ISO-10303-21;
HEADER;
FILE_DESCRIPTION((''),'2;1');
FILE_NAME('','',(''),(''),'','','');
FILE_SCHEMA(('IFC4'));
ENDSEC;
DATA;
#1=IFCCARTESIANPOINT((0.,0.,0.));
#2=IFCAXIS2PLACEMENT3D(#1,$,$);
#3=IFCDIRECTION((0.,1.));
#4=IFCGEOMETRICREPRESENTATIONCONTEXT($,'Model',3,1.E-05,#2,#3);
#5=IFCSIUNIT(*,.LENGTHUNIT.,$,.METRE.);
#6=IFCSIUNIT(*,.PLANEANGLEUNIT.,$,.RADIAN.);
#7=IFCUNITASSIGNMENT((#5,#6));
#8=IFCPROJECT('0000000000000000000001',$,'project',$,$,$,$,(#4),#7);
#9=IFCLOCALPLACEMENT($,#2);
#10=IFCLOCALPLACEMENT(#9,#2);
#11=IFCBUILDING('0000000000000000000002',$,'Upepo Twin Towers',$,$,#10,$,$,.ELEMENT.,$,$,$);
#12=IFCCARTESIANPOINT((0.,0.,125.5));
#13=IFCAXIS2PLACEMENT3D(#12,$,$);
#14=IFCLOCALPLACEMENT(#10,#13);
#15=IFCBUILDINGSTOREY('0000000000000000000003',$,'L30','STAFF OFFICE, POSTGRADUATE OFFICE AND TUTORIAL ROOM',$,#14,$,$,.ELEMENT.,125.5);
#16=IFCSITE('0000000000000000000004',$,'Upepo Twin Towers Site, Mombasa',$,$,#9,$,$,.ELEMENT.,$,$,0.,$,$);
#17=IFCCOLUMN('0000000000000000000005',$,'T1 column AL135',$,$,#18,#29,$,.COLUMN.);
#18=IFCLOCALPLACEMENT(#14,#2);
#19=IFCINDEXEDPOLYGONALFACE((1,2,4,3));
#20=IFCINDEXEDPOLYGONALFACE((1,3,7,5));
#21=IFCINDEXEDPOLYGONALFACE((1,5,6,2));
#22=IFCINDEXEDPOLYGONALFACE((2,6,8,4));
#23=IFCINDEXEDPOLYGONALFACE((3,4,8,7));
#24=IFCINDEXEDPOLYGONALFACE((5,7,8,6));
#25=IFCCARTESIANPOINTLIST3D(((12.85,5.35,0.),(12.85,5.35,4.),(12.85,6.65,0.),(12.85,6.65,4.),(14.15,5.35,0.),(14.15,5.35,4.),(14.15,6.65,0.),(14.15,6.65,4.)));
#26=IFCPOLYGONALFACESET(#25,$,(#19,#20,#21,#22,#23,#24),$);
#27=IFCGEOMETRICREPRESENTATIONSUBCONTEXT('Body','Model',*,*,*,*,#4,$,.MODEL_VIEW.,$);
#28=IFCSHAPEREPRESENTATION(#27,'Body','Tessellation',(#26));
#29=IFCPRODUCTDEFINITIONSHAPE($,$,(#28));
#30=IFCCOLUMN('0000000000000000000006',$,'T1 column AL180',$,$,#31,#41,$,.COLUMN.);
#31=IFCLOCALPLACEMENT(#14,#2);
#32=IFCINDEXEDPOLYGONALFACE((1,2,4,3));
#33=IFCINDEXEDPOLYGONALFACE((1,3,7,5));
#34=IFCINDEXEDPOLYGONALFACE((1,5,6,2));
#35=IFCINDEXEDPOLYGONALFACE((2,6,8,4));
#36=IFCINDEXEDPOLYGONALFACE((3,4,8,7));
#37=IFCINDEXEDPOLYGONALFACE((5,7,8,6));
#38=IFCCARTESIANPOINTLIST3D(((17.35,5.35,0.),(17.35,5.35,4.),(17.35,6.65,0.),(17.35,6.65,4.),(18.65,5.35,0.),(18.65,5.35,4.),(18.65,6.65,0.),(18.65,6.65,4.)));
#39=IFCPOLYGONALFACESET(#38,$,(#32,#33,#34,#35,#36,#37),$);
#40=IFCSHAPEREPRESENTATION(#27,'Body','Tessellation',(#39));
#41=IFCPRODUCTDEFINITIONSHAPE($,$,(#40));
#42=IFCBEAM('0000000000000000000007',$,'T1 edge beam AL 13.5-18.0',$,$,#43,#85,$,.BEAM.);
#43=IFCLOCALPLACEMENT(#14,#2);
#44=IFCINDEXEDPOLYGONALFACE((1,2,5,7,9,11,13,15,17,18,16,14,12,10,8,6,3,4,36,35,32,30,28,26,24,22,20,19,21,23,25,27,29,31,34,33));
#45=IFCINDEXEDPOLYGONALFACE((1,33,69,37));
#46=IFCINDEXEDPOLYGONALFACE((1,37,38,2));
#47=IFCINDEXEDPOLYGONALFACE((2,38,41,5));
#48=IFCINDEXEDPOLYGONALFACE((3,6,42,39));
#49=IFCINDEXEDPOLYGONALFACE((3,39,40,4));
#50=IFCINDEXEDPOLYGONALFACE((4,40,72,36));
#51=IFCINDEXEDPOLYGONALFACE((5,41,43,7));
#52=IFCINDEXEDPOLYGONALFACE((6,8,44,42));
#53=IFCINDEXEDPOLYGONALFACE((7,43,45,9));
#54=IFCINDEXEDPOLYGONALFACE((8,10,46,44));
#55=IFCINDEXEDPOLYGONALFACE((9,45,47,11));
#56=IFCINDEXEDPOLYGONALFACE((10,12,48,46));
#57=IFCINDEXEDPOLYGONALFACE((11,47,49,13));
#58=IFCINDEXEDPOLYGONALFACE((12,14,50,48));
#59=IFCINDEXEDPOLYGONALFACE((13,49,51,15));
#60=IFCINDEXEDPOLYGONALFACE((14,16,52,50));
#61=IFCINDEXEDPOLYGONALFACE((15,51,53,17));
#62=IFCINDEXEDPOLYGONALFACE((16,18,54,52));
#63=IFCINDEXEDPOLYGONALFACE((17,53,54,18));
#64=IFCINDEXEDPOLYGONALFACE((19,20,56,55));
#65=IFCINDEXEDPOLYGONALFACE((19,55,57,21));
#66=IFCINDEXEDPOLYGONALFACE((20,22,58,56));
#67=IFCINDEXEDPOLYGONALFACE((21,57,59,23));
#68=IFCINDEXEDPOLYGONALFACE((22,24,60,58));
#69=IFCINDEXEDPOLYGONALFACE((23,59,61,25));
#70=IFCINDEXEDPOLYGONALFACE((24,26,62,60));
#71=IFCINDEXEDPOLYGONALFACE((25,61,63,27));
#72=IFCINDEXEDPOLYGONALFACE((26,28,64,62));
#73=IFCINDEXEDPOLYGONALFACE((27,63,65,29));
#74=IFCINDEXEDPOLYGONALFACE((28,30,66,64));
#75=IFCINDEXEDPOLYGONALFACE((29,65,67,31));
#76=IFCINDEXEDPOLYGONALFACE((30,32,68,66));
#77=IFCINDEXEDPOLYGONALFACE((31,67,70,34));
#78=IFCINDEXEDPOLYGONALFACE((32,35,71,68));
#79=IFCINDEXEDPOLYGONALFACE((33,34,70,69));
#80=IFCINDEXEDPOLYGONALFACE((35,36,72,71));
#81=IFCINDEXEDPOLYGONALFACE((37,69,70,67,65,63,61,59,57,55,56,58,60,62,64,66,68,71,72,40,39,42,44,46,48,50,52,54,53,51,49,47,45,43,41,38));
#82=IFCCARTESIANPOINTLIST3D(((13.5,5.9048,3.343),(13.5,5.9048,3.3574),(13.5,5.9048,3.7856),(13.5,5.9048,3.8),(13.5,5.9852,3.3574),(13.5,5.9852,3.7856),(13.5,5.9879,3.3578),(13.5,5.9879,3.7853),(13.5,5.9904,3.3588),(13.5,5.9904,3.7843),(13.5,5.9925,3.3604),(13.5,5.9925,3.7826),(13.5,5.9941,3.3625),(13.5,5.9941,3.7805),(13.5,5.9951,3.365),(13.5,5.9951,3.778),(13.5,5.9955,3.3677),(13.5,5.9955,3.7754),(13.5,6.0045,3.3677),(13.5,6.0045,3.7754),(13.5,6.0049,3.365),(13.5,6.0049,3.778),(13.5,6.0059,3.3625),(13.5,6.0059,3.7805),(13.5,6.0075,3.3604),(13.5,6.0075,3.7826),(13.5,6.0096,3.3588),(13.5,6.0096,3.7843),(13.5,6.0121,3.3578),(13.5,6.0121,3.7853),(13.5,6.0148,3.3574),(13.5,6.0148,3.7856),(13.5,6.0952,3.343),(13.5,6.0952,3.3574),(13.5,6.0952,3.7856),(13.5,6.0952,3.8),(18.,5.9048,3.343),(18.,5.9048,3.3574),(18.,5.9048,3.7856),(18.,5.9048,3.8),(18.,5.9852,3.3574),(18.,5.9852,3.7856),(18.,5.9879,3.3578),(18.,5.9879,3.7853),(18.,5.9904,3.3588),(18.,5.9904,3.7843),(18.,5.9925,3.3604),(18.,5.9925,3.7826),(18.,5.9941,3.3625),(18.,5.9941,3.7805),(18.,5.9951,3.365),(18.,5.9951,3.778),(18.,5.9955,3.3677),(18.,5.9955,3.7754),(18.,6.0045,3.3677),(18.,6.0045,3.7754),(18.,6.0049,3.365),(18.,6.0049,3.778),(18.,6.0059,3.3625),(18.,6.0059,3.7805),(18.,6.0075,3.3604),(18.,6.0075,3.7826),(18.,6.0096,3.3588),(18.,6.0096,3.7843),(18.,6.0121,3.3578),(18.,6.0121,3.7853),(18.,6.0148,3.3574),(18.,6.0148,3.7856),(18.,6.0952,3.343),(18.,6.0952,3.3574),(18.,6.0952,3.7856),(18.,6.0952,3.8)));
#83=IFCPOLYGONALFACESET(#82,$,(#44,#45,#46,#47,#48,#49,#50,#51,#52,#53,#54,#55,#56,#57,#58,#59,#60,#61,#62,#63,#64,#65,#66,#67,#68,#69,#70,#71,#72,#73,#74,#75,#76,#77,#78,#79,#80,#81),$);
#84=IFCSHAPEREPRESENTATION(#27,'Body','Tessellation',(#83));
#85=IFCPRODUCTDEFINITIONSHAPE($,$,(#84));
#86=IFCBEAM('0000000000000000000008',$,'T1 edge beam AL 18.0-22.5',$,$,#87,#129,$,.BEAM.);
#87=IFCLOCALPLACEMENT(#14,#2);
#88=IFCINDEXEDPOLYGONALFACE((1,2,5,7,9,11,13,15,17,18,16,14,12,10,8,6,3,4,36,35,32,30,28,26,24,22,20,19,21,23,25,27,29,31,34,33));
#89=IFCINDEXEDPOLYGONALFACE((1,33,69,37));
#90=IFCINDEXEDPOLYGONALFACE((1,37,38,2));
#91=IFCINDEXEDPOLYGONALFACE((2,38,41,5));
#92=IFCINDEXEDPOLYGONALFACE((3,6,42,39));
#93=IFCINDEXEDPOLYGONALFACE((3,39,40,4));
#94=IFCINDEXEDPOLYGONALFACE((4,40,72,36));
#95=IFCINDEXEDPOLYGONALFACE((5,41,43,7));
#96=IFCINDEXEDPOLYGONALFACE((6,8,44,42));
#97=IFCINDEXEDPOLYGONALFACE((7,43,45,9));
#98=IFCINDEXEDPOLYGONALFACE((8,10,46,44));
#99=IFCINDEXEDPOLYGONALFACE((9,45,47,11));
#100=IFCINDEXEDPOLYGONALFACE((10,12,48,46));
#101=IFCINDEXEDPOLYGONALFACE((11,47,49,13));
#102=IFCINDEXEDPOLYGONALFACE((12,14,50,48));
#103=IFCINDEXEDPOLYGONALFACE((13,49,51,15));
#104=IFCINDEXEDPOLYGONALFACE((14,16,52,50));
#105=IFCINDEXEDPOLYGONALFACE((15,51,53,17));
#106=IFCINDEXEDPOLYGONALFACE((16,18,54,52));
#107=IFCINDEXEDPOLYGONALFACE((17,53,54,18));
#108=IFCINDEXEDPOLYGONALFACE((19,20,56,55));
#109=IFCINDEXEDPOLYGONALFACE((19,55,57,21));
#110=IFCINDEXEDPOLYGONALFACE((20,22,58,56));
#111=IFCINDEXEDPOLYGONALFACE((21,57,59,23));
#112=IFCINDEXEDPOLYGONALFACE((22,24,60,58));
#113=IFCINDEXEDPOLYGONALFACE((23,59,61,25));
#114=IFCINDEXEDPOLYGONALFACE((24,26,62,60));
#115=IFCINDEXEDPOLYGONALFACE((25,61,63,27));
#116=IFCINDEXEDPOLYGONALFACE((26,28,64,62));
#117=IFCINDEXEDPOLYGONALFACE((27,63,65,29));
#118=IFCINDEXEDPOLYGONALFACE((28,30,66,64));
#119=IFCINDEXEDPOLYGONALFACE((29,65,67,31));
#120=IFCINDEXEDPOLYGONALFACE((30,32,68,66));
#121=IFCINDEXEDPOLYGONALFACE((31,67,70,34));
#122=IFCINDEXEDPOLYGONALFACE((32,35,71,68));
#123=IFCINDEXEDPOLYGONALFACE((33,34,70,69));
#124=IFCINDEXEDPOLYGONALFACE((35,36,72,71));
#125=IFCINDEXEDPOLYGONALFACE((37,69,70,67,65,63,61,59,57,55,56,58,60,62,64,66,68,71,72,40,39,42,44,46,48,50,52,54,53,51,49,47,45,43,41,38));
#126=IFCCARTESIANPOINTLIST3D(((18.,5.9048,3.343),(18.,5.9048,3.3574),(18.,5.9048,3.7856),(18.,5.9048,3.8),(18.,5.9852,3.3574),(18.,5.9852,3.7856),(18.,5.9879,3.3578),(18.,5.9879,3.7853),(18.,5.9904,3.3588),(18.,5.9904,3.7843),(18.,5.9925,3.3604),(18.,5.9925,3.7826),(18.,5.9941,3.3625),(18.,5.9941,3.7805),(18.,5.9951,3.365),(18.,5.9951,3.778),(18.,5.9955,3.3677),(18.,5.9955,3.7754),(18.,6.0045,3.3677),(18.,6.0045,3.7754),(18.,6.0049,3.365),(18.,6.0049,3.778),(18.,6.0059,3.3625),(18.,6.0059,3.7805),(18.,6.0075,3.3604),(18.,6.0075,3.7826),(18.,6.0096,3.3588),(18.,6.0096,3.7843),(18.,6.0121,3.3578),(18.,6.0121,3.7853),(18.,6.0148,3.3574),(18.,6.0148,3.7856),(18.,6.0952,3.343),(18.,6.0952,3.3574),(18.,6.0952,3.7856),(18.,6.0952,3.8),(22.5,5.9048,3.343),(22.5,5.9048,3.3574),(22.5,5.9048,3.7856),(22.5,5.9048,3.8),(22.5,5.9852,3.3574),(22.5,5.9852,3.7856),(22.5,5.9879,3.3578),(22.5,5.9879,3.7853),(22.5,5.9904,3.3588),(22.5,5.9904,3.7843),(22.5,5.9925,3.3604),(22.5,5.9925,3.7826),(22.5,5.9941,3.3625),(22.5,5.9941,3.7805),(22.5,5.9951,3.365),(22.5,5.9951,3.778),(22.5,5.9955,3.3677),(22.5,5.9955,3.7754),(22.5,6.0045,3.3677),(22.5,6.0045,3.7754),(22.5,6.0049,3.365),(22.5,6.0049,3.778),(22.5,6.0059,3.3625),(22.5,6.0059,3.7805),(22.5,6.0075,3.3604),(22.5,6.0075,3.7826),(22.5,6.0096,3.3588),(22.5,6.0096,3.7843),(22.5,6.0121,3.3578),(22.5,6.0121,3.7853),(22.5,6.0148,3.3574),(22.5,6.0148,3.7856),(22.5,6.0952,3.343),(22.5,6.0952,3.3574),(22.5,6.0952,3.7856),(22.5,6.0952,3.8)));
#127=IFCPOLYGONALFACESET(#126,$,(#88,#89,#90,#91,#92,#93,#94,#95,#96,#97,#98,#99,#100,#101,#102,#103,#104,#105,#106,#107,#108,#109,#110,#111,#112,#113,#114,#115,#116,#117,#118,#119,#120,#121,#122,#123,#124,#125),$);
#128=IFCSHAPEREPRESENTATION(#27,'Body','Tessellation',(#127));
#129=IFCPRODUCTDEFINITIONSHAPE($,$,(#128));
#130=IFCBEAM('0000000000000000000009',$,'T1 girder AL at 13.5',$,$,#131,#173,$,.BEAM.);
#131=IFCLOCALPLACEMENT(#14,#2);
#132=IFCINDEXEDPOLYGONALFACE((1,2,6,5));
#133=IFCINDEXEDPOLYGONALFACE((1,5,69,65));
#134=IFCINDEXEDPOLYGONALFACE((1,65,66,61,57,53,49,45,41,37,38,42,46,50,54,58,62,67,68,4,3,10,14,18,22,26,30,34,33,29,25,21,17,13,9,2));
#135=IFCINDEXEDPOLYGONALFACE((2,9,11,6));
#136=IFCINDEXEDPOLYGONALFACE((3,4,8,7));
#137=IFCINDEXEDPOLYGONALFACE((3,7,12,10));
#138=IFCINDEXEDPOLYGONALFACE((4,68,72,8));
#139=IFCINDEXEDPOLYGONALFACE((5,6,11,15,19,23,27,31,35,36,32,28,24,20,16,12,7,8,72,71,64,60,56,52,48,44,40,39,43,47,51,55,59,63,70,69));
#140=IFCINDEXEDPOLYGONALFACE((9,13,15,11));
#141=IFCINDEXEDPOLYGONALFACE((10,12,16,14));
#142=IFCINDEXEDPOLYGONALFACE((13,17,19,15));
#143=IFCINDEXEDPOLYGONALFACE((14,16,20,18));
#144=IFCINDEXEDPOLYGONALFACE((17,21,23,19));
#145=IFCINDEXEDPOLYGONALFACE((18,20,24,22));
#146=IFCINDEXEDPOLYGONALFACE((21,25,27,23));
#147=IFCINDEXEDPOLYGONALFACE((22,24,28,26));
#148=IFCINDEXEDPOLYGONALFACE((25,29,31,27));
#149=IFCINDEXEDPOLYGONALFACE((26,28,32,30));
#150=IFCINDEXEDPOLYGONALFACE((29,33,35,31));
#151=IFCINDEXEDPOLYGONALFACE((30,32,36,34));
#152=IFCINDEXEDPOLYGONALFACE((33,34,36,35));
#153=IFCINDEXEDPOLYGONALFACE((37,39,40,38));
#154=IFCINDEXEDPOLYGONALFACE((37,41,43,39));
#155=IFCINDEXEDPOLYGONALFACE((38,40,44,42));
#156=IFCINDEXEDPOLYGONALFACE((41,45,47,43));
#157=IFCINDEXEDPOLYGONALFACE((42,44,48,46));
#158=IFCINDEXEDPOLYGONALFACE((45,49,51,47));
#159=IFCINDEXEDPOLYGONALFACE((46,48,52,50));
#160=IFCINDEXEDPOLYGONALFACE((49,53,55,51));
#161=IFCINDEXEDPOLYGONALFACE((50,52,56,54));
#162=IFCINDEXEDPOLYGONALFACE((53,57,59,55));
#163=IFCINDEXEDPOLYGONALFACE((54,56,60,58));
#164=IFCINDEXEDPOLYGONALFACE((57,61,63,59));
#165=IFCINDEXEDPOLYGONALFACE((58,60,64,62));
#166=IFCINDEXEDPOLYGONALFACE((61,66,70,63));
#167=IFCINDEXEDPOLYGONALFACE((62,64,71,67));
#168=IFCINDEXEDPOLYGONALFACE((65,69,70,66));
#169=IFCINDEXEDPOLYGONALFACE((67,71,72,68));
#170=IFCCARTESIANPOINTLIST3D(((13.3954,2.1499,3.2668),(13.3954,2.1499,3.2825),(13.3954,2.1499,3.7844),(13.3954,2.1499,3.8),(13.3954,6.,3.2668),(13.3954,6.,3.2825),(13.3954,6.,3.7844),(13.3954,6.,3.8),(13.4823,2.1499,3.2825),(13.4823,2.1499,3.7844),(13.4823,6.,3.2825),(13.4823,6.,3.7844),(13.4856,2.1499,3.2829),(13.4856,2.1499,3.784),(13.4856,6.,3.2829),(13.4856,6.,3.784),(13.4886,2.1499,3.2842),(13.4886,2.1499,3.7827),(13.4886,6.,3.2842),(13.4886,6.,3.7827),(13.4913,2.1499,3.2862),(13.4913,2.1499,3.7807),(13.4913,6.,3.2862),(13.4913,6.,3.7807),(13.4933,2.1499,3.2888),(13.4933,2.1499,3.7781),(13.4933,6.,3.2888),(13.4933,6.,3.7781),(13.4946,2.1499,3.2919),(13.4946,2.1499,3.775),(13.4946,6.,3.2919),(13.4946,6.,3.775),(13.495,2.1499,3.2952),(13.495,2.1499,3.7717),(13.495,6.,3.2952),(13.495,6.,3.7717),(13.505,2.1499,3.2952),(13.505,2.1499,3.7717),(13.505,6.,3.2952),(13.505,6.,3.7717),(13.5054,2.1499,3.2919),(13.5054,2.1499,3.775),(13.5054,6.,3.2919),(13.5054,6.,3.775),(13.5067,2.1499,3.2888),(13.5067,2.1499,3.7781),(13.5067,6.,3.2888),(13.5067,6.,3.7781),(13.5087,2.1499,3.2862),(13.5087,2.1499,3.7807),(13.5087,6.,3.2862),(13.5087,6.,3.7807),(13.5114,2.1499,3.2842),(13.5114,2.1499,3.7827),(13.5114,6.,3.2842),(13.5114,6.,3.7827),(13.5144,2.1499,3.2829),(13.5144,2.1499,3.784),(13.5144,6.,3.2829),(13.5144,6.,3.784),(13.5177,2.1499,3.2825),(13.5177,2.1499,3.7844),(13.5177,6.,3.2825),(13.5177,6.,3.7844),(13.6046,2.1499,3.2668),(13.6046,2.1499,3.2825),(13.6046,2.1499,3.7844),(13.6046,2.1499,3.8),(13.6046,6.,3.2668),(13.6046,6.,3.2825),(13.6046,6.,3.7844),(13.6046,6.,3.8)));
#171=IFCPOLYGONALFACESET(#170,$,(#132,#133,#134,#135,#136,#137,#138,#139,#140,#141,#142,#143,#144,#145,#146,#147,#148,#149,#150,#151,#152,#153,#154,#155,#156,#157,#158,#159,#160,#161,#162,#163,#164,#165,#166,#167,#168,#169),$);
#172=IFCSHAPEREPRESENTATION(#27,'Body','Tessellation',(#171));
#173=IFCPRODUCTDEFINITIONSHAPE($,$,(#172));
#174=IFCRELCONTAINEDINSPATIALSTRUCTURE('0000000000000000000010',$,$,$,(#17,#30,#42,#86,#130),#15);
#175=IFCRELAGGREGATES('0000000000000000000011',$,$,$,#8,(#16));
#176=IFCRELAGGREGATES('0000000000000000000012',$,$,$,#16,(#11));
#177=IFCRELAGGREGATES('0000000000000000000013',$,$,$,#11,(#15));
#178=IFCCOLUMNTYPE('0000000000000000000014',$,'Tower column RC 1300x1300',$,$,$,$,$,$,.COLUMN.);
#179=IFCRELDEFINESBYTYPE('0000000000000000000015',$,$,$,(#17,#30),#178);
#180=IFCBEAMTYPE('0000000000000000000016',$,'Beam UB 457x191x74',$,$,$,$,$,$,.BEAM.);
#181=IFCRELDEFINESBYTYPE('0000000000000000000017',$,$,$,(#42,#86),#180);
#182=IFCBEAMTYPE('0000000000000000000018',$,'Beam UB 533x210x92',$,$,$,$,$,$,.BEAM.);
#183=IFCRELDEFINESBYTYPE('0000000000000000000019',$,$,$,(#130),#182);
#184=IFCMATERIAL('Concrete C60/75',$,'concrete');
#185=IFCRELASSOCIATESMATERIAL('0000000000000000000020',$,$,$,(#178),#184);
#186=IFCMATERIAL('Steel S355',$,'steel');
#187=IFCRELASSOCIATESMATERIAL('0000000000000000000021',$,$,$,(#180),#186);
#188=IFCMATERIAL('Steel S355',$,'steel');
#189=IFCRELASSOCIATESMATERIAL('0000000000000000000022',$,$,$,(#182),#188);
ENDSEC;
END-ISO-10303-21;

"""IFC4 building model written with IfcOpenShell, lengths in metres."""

from ifc_helpers import new_model, si_unit, direction, frame, origin, origin_2d, place, context, subcontext, project, spatial, rectangle, i_section, extrude, material, material_profile, profile_set, type_object, element, save


model = new_model("IFC4")

# Units and contexts
model_context = context("Model", 3, precision=1e-05, world=origin(), true_north=direction((0.0, 1.0)))
body_context = subcontext(model_context, "Body", "Model", "MODEL_VIEW")
ifc_project = project(units=[si_unit("LENGTHUNIT", "METRE"), si_unit("PLANEANGLEUNIT", "RADIAN")], contexts=[model_context])

# Site, building, storey
site_placement = place(None, origin())
site = spatial("IfcSite", under=ifc_project, at=site_placement, Name="Upepo Twin Towers Site, Mombasa", CompositionType="ELEMENT", RefElevation=0.0)
building_placement = place(site_placement, origin())
building = spatial("IfcBuilding", under=site, at=building_placement, Name="Upepo Twin Towers", CompositionType="ELEMENT")
storey_placement = place(building_placement, frame((0.0, 0.0, 125.5)))
storey = spatial("IfcBuildingStorey", under=building, at=storey_placement, Name="L30", Description="STAFF OFFICE, POSTGRADUATE OFFICE AND TUTORIAL ROOM", CompositionType="ELEMENT", Elevation=125.5)

# Columns
ifc_material_1 = material(Name="Concrete C60/75", Category="concrete")
ifc_material_profile_1 = material_profile(ifc_material_1, rectangle(XDim=1.3, YDim=1.3, at=origin_2d()), Name="RC 1300x1300")
ifc_profile_set_1 = profile_set([ifc_material_profile_1], Name="Concrete C60/75")
column_type = type_object("IfcColumnType", Name="Tower column RC 1300x1300", PredefinedType="COLUMN", material=ifc_profile_set_1)
for number, where, z_axis, x_axis, name in (
    (1, (13.5, 6.0, 0.0), (0.0, 0.0, 1.0), (1.0, 0.0, 0.0), "T1 column AL135"),
    (2, (18.0, 6.0, 0.0), (0.0, 0.0, 1.0), (1.0, 0.0, 0.0), "T1 column AL180"),
):
    element("IfcColumn", number, at=place(storey_placement, frame(where, z_axis=z_axis, x_axis=x_axis)), inside=storey, type_object=column_type, Name=name, PredefinedType="COLUMN", context=body_context, shape_type="SweptSolid", body=[
        extrude(rectangle(XDim=1.3, YDim=1.3, at=origin_2d()), origin(), (0.0, 0.0, 1.0), 4.0),
    ])

# Beams
ifc_material_2 = material(Name="Steel S355", Category="steel")
ifc_material_profile_2 = material_profile(ifc_material_2, i_section(OverallWidth=0.1904, OverallDepth=0.457, WebThickness=0.009, FlangeThickness=0.0144, FilletRadius=0.0103, at=origin_2d()), Name="UB 457x191x74")
ifc_profile_set_2 = profile_set([ifc_material_profile_2], Name="Steel S355")
beam_type_1 = type_object("IfcBeamType", Name="Beam UB 457x191x74", PredefinedType="BEAM", material=ifc_profile_set_2)
for number, where, z_axis, x_axis, name in (
    (3, (13.5, 6.0, 3.5715), (1.0, 0.0, 0.0), (0.0, 1.0, 0.0), "T1 edge beam AL 13.5-18.0"),
    (4, (18.0, 6.0, 3.5715), (1.0, 0.0, 0.0), (0.0, 1.0, 0.0), "T1 edge beam AL 18.0-22.5"),
):
    element("IfcBeam", number, at=place(storey_placement, frame(where, z_axis=z_axis, x_axis=x_axis)), inside=storey, type_object=beam_type_1, Name=name, PredefinedType="BEAM", context=body_context, shape_type="SweptSolid", body=[
        extrude(i_section(OverallWidth=0.1904, OverallDepth=0.457, WebThickness=0.009, FlangeThickness=0.0144, FilletRadius=0.0103, at=origin_2d()), origin(), (0.0, 0.0, 1.0), 4.5),
    ])
ifc_material_3 = material(Name="Steel S355", Category="steel")
ifc_material_profile_3 = material_profile(ifc_material_3, i_section(OverallWidth=0.2092, OverallDepth=0.5332, WebThickness=0.01, FlangeThickness=0.0156, FilletRadius=0.0127, at=origin_2d()), Name="UB 533x210x92")
ifc_profile_set_3 = profile_set([ifc_material_profile_3], Name="Steel S355")
beam_type_2 = type_object("IfcBeamType", Name="Beam UB 533x210x92", PredefinedType="BEAM", material=ifc_profile_set_3)
for number, where, z_axis, x_axis, name in (
    (5, (13.5, 6.0, 3.5334), (0.0, -1.0, 0.0), (1.0, 0.0, 0.0), "T1 girder AL at 13.5"),
):
    element("IfcBeam", number, at=place(storey_placement, frame(where, z_axis=z_axis, x_axis=x_axis)), inside=storey, type_object=beam_type_2, Name=name, PredefinedType="BEAM", context=body_context, shape_type="SweptSolid", body=[
        extrude(i_section(OverallWidth=0.2092, OverallDepth=0.5332, WebThickness=0.01, FlangeThickness=0.0156, FilletRadius=0.0127, at=origin_2d()), origin(), (0.0, 0.0, 1.0), 3.8501),
    ])

save(model, "model.ifc")
